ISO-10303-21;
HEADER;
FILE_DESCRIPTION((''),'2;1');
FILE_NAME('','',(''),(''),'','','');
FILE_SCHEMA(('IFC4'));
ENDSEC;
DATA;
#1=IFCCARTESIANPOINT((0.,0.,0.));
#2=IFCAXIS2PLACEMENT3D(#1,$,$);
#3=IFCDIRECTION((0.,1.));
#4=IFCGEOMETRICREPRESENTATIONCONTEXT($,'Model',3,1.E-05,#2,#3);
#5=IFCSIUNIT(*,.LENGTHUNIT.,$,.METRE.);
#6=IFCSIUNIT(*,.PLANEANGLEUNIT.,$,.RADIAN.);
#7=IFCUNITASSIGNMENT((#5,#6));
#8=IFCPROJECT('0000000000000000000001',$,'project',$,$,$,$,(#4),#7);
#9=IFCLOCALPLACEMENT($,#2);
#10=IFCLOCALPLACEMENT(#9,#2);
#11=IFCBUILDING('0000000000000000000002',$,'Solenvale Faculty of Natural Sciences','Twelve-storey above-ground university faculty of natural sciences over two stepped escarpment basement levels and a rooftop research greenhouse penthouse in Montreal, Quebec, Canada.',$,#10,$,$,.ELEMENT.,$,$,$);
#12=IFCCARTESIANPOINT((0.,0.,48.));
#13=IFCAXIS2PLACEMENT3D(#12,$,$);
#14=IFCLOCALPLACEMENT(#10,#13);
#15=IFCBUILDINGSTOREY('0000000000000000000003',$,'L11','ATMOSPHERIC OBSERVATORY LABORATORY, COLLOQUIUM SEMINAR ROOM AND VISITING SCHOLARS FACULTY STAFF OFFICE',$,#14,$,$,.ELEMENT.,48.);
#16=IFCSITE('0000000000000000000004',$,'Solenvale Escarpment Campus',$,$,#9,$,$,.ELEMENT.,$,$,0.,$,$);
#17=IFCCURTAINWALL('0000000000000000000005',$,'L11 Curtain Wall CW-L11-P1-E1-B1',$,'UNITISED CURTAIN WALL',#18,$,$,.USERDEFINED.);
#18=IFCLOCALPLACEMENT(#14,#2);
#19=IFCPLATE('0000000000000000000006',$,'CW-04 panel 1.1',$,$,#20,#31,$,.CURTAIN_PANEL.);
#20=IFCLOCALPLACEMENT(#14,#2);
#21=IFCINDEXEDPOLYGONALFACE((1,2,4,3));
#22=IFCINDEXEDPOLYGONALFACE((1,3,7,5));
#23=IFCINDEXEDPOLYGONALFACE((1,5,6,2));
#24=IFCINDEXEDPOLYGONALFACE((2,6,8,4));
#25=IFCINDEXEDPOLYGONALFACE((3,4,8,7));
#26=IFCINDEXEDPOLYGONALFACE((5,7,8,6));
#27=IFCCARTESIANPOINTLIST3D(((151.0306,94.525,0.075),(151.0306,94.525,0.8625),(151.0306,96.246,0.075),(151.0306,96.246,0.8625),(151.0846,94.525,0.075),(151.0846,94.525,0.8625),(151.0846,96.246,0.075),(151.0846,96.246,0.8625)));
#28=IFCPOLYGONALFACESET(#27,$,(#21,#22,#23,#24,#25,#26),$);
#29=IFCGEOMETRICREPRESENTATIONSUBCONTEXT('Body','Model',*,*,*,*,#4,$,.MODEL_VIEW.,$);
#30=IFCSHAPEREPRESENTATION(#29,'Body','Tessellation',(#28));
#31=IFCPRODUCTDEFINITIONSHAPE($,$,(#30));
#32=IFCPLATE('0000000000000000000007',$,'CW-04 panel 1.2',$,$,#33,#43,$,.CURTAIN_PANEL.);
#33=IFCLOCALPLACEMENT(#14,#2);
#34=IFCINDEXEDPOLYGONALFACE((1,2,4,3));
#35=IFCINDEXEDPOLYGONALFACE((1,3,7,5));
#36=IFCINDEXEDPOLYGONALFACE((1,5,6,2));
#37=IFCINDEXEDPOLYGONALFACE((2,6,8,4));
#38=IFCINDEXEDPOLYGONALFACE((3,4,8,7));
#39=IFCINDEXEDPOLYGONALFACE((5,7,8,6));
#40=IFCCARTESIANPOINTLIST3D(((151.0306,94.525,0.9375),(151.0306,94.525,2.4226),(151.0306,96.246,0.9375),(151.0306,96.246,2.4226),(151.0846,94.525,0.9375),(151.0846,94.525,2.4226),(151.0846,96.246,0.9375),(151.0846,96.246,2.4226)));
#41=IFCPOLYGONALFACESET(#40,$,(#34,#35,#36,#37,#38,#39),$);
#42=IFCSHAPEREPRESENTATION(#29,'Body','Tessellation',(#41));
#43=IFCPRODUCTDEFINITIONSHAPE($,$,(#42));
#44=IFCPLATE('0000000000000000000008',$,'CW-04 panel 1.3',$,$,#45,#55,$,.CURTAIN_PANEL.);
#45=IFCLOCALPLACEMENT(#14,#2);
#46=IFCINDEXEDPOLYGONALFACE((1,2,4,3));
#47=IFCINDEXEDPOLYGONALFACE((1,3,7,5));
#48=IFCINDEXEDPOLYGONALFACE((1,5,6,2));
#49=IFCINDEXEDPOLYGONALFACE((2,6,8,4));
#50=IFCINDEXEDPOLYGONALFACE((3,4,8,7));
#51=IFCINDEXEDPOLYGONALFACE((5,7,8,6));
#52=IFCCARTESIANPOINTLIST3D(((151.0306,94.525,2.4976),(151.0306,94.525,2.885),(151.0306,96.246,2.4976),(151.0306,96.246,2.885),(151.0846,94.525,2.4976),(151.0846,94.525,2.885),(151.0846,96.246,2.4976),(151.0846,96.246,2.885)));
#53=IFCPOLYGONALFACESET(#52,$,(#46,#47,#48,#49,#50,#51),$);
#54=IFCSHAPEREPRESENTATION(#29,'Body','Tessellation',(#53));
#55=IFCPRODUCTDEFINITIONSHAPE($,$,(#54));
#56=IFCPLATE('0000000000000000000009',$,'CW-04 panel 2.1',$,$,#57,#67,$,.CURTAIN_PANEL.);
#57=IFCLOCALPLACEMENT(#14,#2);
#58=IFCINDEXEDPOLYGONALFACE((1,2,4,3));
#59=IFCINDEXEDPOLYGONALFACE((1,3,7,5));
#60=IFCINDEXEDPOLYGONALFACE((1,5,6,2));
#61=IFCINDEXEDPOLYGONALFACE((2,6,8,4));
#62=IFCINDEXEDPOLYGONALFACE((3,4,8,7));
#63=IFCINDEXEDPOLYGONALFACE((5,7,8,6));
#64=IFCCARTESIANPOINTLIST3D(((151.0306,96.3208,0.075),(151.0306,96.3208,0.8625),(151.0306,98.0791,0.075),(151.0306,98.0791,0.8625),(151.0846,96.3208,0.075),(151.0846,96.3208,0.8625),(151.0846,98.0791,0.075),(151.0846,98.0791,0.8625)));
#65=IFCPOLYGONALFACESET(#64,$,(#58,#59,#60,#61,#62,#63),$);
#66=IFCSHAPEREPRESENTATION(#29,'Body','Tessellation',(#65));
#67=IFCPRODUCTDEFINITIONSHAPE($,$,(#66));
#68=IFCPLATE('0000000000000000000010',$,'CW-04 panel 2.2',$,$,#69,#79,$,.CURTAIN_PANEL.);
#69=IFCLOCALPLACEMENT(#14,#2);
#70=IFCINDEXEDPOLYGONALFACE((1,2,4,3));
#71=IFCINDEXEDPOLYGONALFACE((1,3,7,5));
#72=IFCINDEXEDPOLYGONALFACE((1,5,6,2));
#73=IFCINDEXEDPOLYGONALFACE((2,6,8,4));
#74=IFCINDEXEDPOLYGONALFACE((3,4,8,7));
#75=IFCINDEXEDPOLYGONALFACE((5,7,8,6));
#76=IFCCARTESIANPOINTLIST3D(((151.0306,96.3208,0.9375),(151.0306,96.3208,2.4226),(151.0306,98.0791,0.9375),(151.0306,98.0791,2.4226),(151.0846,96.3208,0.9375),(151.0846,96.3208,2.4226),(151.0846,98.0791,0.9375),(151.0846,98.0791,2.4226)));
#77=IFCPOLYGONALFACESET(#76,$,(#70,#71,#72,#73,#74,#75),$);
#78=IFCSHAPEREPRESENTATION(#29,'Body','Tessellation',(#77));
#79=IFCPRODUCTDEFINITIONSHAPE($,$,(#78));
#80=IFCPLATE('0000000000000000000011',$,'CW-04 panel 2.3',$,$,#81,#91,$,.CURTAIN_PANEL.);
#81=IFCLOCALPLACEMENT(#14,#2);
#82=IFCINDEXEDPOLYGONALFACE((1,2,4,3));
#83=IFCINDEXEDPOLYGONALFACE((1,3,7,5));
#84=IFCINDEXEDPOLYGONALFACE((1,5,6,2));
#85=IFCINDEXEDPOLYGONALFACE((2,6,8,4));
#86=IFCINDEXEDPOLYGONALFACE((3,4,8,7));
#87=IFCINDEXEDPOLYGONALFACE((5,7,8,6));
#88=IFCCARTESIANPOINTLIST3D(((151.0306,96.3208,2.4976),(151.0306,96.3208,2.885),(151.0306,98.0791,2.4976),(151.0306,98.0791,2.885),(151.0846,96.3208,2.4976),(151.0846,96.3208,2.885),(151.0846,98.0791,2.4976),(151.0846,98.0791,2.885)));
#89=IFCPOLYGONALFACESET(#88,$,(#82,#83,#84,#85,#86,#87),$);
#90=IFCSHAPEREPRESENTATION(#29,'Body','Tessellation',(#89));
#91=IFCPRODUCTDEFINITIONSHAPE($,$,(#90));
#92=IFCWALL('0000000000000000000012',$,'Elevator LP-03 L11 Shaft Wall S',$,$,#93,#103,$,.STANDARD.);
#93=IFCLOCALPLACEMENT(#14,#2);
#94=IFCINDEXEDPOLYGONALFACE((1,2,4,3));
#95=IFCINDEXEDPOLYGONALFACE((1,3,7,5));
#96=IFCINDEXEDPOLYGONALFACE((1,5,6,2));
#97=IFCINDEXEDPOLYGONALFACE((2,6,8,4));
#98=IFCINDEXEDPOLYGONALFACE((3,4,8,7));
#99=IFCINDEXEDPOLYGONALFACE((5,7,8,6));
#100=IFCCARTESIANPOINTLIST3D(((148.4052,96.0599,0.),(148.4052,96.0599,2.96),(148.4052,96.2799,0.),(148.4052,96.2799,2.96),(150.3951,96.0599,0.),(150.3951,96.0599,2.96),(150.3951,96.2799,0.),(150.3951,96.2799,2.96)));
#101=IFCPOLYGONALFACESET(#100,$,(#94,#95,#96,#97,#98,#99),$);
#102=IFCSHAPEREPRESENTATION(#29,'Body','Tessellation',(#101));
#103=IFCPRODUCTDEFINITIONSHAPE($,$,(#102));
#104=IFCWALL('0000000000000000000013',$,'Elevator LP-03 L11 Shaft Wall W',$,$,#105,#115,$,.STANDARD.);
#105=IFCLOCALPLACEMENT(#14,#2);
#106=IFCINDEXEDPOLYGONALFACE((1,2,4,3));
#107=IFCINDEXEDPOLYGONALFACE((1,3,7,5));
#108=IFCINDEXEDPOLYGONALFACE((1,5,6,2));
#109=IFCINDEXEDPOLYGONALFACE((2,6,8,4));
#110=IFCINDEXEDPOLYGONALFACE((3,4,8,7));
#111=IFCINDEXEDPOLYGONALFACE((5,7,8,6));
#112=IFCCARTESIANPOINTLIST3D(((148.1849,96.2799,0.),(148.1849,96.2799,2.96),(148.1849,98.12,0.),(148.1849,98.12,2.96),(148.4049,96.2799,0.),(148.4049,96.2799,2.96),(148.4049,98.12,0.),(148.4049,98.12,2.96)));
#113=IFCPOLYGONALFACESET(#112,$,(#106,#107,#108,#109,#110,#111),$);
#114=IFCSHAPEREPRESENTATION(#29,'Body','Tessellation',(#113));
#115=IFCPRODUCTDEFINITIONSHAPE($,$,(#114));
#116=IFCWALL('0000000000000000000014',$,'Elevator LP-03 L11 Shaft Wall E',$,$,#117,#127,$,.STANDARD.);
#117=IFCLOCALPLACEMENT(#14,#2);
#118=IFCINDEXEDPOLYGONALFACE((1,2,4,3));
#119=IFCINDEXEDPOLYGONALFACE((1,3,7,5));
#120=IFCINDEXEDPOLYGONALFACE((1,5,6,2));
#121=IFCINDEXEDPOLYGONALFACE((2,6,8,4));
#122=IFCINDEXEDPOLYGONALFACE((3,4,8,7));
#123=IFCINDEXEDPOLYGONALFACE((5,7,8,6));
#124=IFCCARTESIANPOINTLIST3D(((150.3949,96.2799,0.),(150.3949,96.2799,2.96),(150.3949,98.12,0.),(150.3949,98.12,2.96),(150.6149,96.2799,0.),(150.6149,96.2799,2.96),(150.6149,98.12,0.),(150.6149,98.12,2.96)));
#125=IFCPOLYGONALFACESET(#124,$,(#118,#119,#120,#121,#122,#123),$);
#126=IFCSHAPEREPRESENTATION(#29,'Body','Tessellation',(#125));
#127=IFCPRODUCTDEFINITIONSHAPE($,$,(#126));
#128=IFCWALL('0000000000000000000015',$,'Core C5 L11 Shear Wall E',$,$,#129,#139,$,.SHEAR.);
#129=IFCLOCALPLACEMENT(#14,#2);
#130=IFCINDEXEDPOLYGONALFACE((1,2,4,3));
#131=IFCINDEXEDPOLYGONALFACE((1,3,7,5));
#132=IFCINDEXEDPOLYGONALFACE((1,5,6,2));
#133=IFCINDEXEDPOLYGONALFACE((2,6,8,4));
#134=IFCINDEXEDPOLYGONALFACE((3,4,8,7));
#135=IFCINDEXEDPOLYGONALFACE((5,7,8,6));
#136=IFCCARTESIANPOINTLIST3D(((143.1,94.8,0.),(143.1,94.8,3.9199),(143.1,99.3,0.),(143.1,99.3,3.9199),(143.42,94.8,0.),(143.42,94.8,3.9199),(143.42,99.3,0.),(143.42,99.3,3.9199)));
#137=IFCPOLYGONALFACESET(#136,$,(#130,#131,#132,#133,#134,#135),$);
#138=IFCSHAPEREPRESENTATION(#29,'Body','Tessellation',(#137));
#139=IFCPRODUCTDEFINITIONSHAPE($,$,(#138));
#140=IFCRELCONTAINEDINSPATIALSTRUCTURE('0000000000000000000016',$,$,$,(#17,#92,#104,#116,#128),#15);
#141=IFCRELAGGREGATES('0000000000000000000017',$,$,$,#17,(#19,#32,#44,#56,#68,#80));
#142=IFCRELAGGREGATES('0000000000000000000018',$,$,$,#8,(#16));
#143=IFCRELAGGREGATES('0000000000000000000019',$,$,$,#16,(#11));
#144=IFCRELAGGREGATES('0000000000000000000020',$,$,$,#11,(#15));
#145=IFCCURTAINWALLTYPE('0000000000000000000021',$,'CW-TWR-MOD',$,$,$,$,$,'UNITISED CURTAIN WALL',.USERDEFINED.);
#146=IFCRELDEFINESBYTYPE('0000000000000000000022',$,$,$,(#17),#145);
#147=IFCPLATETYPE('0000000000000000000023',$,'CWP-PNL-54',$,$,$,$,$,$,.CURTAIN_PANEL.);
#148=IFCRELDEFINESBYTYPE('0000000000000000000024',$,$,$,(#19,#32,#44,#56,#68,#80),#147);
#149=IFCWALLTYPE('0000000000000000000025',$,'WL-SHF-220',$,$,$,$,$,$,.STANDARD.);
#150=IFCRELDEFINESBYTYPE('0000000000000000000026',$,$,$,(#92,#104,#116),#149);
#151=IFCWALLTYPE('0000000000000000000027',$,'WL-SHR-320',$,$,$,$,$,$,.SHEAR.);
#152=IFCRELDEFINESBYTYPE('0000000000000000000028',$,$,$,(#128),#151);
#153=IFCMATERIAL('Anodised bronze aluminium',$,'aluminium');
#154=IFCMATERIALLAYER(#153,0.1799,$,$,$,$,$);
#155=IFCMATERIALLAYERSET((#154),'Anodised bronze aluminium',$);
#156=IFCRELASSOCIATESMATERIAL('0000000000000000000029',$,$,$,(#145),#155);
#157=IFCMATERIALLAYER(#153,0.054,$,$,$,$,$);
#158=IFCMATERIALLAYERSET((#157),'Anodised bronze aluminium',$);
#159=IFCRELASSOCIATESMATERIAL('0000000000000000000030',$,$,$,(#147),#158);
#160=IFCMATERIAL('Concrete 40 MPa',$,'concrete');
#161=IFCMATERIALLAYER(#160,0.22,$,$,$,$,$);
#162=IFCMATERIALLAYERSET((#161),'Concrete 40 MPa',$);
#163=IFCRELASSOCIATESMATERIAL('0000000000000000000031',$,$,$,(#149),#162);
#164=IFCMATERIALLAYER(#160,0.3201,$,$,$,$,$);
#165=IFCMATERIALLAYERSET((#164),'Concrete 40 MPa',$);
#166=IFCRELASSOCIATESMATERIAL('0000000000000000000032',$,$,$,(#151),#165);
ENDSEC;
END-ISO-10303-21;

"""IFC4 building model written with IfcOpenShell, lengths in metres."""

from ifc_helpers import new_model, si_unit, direction, frame, frame_2d, origin, origin_2d, place, context, subcontext, project, spatial, rectangle, extrude, material, layer, layer_set, type_object, element, aggregate, save


model = new_model("IFC4")

# Units and contexts
model_context = context("Model", 3, precision=1e-05, world=origin(), true_north=direction((0.0, 1.0)))
body_context = subcontext(model_context, "Body", "Model", "MODEL_VIEW")
ifc_project = project(units=[si_unit("LENGTHUNIT", "METRE"), si_unit("PLANEANGLEUNIT", "RADIAN")], contexts=[model_context])

# Site, building, storey
site_placement = place(None, origin())
site = spatial("IfcSite", under=ifc_project, at=site_placement, Name="Solenvale Escarpment Campus", CompositionType="ELEMENT", RefElevation=0.0)
building_placement = place(site_placement, origin())
building = spatial("IfcBuilding", under=site, at=building_placement, Name="Solenvale Faculty of Natural Sciences", Description="Twelve-storey above-ground university faculty of natural sciences over two stepped escarpment basement levels and a rooftop research greenhouse penthouse in Montreal, Quebec, Canada.", CompositionType="ELEMENT")
storey_placement = place(building_placement, frame((0.0, 0.0, 48.0)))
storey = spatial("IfcBuildingStorey", under=building, at=storey_placement, Name="L11", Description="ATMOSPHERIC OBSERVATORY LABORATORY, COLLOQUIUM SEMINAR ROOM AND VISITING SCHOLARS FACULTY STAFF OFFICE", CompositionType="ELEMENT", Elevation=48.0)

# Curtain wall, plates
ifc_material_1 = material(Name="Anodised bronze aluminium", Category="aluminium")
ifc_layer_1 = layer(ifc_material_1, 0.1799)
ifc_layer_set_1 = layer_set([ifc_layer_1], Name="Anodised bronze aluminium")
curtain_wall_type = type_object("IfcCurtainWallType", Name="CW-TWR-MOD", ElementType="UNITISED CURTAIN WALL", PredefinedType="USERDEFINED", material=ifc_layer_set_1)
curtain_wall_placement = place(storey_placement, origin())
curtain_wall = element("IfcCurtainWall", 1, at=curtain_wall_placement, inside=storey, type_object=curtain_wall_type, Name="L11 Curtain Wall CW-L11-P1-E1-B1", ObjectType="UNITISED CURTAIN WALL", PredefinedType="USERDEFINED")
ifc_layer_2 = layer(ifc_material_1, 0.054)
ifc_layer_set_2 = layer_set([ifc_layer_2], Name="Anodised bronze aluminium")
plate_type = type_object("IfcPlateType", Name="CWP-PNL-54", PredefinedType="CURTAIN_PANEL", material=ifc_layer_set_2)
plate_1_placement = place(storey_placement, frame((151.0576, 95.3855, 0.075), z_axis=(0.0, 0.0, 1.0), x_axis=(0.0, 1.0, 0.0)))
plate_1 = element("IfcPlate", 2, at=plate_1_placement, type_object=plate_type, Name="CW-04 panel 1.1", PredefinedType="CURTAIN_PANEL", context=body_context, shape_type="SweptSolid", body=[
    extrude(rectangle(XDim=1.7209, YDim=0.054, at=origin_2d()), origin(), (0.0, 0.0, 1.0), 0.7876),
])
plate_2_placement = place(storey_placement, frame((151.0576, 95.3855, 0.9375), z_axis=(0.0, 0.0, 1.0), x_axis=(0.0, 1.0, 0.0)))
plate_2 = element("IfcPlate", 3, at=plate_2_placement, type_object=plate_type, Name="CW-04 panel 1.2", PredefinedType="CURTAIN_PANEL", context=body_context, shape_type="SweptSolid", body=[
    extrude(rectangle(XDim=1.7209, YDim=0.054, at=origin_2d()), origin(), (0.0, 0.0, 1.0), 1.4851),
])
plate_3_placement = place(storey_placement, frame((151.0576, 95.3855, 2.4976), z_axis=(0.0, 0.0, 1.0), x_axis=(0.0, 1.0, 0.0)))
plate_3 = element("IfcPlate", 4, at=plate_3_placement, type_object=plate_type, Name="CW-04 panel 1.3", PredefinedType="CURTAIN_PANEL", context=body_context, shape_type="SweptSolid", body=[
    extrude(rectangle(XDim=1.7209, YDim=0.054, at=origin_2d()), origin(), (0.0, 0.0, 1.0), 0.3875),
])
plate_4_placement = place(storey_placement, frame((151.0576, 97.2, 0.075), z_axis=(0.0, 0.0, 1.0), x_axis=(0.0, 1.0, 0.0)))
plate_4 = element("IfcPlate", 5, at=plate_4_placement, type_object=plate_type, Name="CW-04 panel 2.1", PredefinedType="CURTAIN_PANEL", context=body_context, shape_type="SweptSolid", body=[
    extrude(rectangle(XDim=1.7583, YDim=0.054, at=origin_2d()), origin(), (0.0, 0.0, 1.0), 0.7876),
])
plate_5_placement = place(storey_placement, frame((151.0576, 97.2, 0.9375), z_axis=(0.0, 0.0, 1.0), x_axis=(0.0, 1.0, 0.0)))
plate_5 = element("IfcPlate", 6, at=plate_5_placement, type_object=plate_type, Name="CW-04 panel 2.2", PredefinedType="CURTAIN_PANEL", context=body_context, shape_type="SweptSolid", body=[
    extrude(rectangle(XDim=1.7583, YDim=0.054, at=origin_2d()), origin(), (0.0, 0.0, 1.0), 1.4851),
])
plate_6_placement = place(storey_placement, frame((151.0576, 97.2, 2.4976), z_axis=(0.0, 0.0, 1.0), x_axis=(0.0, 1.0, 0.0)))
plate_6 = element("IfcPlate", 7, at=plate_6_placement, type_object=plate_type, Name="CW-04 panel 2.3", PredefinedType="CURTAIN_PANEL", context=body_context, shape_type="SweptSolid", body=[
    extrude(rectangle(XDim=1.7583, YDim=0.054, at=origin_2d()), origin(), (0.0, 0.0, 1.0), 0.3875),
])
aggregate(curtain_wall, [plate_1, plate_2, plate_3, plate_4, plate_5, plate_6])

# Walls
ifc_material_2 = material(Name="Concrete 40 MPa", Category="concrete")
ifc_layer_3 = layer(ifc_material_2, 0.22)
ifc_layer_set_3 = layer_set([ifc_layer_3], Name="Concrete 40 MPa")
wall_type_1 = type_object("IfcWallType", Name="WL-SHF-220", PredefinedType="STANDARD", material=ifc_layer_set_3)
wall_1_placement = place(storey_placement, frame((148.405, 96.1699, 0.0), z_axis=(0.0, 0.0, 1.0), x_axis=(1.0, 0.0, 0.0)))
element("IfcWall", 8, at=wall_1_placement, inside=storey, type_object=wall_type_1, Name="Elevator LP-03 L11 Shaft Wall S", PredefinedType="STANDARD", context=body_context, shape_type="SweptSolid", body=[
    extrude(rectangle(XDim=1.99, YDim=0.22, at=frame_2d((0.9951, 0.0))), origin(), (0.0, 0.0, 1.0), 2.96),
])
for number, where, z_axis, x_axis, name in (
    (9, (148.2949, 96.28, 0.0), (0.0, 0.0, 1.0), (0.0, 1.0, 0.0), "Elevator LP-03 L11 Shaft Wall W"),
    (10, (150.5049, 96.28, 0.0), (0.0, 0.0, 1.0), (0.0, 1.0, 0.0), "Elevator LP-03 L11 Shaft Wall E"),
):
    element("IfcWall", number, at=place(storey_placement, frame(where, z_axis=z_axis, x_axis=x_axis)), inside=storey, type_object=wall_type_1, Name=name, PredefinedType="STANDARD", context=body_context, shape_type="SweptSolid", body=[
        extrude(rectangle(XDim=1.8401, YDim=0.22, at=frame_2d((0.9199, 0.0))), origin(), (0.0, 0.0, 1.0), 2.96),
    ])
ifc_layer_4 = layer(ifc_material_2, 0.3201)
ifc_layer_set_4 = layer_set([ifc_layer_4], Name="Concrete 40 MPa")
wall_type_2 = type_object("IfcWallType", Name="WL-SHR-320", PredefinedType="SHEAR", material=ifc_layer_set_4)
wall_2_placement = place(storey_placement, frame((143.26, 94.8, 0.0), z_axis=(0.0, 0.0, 1.0), x_axis=(0.0, 1.0, 0.0)))
element("IfcWall", 11, at=wall_2_placement, inside=storey, type_object=wall_type_2, Name="Core C5 L11 Shear Wall E", PredefinedType="SHEAR", context=body_context, shape_type="SweptSolid", body=[
    extrude(rectangle(XDim=4.5, YDim=0.3201, at=frame_2d((2.25, 0.0))), origin(), (0.0, 0.0, 1.0), 3.9199),
])

save(model, "model.ifc")
